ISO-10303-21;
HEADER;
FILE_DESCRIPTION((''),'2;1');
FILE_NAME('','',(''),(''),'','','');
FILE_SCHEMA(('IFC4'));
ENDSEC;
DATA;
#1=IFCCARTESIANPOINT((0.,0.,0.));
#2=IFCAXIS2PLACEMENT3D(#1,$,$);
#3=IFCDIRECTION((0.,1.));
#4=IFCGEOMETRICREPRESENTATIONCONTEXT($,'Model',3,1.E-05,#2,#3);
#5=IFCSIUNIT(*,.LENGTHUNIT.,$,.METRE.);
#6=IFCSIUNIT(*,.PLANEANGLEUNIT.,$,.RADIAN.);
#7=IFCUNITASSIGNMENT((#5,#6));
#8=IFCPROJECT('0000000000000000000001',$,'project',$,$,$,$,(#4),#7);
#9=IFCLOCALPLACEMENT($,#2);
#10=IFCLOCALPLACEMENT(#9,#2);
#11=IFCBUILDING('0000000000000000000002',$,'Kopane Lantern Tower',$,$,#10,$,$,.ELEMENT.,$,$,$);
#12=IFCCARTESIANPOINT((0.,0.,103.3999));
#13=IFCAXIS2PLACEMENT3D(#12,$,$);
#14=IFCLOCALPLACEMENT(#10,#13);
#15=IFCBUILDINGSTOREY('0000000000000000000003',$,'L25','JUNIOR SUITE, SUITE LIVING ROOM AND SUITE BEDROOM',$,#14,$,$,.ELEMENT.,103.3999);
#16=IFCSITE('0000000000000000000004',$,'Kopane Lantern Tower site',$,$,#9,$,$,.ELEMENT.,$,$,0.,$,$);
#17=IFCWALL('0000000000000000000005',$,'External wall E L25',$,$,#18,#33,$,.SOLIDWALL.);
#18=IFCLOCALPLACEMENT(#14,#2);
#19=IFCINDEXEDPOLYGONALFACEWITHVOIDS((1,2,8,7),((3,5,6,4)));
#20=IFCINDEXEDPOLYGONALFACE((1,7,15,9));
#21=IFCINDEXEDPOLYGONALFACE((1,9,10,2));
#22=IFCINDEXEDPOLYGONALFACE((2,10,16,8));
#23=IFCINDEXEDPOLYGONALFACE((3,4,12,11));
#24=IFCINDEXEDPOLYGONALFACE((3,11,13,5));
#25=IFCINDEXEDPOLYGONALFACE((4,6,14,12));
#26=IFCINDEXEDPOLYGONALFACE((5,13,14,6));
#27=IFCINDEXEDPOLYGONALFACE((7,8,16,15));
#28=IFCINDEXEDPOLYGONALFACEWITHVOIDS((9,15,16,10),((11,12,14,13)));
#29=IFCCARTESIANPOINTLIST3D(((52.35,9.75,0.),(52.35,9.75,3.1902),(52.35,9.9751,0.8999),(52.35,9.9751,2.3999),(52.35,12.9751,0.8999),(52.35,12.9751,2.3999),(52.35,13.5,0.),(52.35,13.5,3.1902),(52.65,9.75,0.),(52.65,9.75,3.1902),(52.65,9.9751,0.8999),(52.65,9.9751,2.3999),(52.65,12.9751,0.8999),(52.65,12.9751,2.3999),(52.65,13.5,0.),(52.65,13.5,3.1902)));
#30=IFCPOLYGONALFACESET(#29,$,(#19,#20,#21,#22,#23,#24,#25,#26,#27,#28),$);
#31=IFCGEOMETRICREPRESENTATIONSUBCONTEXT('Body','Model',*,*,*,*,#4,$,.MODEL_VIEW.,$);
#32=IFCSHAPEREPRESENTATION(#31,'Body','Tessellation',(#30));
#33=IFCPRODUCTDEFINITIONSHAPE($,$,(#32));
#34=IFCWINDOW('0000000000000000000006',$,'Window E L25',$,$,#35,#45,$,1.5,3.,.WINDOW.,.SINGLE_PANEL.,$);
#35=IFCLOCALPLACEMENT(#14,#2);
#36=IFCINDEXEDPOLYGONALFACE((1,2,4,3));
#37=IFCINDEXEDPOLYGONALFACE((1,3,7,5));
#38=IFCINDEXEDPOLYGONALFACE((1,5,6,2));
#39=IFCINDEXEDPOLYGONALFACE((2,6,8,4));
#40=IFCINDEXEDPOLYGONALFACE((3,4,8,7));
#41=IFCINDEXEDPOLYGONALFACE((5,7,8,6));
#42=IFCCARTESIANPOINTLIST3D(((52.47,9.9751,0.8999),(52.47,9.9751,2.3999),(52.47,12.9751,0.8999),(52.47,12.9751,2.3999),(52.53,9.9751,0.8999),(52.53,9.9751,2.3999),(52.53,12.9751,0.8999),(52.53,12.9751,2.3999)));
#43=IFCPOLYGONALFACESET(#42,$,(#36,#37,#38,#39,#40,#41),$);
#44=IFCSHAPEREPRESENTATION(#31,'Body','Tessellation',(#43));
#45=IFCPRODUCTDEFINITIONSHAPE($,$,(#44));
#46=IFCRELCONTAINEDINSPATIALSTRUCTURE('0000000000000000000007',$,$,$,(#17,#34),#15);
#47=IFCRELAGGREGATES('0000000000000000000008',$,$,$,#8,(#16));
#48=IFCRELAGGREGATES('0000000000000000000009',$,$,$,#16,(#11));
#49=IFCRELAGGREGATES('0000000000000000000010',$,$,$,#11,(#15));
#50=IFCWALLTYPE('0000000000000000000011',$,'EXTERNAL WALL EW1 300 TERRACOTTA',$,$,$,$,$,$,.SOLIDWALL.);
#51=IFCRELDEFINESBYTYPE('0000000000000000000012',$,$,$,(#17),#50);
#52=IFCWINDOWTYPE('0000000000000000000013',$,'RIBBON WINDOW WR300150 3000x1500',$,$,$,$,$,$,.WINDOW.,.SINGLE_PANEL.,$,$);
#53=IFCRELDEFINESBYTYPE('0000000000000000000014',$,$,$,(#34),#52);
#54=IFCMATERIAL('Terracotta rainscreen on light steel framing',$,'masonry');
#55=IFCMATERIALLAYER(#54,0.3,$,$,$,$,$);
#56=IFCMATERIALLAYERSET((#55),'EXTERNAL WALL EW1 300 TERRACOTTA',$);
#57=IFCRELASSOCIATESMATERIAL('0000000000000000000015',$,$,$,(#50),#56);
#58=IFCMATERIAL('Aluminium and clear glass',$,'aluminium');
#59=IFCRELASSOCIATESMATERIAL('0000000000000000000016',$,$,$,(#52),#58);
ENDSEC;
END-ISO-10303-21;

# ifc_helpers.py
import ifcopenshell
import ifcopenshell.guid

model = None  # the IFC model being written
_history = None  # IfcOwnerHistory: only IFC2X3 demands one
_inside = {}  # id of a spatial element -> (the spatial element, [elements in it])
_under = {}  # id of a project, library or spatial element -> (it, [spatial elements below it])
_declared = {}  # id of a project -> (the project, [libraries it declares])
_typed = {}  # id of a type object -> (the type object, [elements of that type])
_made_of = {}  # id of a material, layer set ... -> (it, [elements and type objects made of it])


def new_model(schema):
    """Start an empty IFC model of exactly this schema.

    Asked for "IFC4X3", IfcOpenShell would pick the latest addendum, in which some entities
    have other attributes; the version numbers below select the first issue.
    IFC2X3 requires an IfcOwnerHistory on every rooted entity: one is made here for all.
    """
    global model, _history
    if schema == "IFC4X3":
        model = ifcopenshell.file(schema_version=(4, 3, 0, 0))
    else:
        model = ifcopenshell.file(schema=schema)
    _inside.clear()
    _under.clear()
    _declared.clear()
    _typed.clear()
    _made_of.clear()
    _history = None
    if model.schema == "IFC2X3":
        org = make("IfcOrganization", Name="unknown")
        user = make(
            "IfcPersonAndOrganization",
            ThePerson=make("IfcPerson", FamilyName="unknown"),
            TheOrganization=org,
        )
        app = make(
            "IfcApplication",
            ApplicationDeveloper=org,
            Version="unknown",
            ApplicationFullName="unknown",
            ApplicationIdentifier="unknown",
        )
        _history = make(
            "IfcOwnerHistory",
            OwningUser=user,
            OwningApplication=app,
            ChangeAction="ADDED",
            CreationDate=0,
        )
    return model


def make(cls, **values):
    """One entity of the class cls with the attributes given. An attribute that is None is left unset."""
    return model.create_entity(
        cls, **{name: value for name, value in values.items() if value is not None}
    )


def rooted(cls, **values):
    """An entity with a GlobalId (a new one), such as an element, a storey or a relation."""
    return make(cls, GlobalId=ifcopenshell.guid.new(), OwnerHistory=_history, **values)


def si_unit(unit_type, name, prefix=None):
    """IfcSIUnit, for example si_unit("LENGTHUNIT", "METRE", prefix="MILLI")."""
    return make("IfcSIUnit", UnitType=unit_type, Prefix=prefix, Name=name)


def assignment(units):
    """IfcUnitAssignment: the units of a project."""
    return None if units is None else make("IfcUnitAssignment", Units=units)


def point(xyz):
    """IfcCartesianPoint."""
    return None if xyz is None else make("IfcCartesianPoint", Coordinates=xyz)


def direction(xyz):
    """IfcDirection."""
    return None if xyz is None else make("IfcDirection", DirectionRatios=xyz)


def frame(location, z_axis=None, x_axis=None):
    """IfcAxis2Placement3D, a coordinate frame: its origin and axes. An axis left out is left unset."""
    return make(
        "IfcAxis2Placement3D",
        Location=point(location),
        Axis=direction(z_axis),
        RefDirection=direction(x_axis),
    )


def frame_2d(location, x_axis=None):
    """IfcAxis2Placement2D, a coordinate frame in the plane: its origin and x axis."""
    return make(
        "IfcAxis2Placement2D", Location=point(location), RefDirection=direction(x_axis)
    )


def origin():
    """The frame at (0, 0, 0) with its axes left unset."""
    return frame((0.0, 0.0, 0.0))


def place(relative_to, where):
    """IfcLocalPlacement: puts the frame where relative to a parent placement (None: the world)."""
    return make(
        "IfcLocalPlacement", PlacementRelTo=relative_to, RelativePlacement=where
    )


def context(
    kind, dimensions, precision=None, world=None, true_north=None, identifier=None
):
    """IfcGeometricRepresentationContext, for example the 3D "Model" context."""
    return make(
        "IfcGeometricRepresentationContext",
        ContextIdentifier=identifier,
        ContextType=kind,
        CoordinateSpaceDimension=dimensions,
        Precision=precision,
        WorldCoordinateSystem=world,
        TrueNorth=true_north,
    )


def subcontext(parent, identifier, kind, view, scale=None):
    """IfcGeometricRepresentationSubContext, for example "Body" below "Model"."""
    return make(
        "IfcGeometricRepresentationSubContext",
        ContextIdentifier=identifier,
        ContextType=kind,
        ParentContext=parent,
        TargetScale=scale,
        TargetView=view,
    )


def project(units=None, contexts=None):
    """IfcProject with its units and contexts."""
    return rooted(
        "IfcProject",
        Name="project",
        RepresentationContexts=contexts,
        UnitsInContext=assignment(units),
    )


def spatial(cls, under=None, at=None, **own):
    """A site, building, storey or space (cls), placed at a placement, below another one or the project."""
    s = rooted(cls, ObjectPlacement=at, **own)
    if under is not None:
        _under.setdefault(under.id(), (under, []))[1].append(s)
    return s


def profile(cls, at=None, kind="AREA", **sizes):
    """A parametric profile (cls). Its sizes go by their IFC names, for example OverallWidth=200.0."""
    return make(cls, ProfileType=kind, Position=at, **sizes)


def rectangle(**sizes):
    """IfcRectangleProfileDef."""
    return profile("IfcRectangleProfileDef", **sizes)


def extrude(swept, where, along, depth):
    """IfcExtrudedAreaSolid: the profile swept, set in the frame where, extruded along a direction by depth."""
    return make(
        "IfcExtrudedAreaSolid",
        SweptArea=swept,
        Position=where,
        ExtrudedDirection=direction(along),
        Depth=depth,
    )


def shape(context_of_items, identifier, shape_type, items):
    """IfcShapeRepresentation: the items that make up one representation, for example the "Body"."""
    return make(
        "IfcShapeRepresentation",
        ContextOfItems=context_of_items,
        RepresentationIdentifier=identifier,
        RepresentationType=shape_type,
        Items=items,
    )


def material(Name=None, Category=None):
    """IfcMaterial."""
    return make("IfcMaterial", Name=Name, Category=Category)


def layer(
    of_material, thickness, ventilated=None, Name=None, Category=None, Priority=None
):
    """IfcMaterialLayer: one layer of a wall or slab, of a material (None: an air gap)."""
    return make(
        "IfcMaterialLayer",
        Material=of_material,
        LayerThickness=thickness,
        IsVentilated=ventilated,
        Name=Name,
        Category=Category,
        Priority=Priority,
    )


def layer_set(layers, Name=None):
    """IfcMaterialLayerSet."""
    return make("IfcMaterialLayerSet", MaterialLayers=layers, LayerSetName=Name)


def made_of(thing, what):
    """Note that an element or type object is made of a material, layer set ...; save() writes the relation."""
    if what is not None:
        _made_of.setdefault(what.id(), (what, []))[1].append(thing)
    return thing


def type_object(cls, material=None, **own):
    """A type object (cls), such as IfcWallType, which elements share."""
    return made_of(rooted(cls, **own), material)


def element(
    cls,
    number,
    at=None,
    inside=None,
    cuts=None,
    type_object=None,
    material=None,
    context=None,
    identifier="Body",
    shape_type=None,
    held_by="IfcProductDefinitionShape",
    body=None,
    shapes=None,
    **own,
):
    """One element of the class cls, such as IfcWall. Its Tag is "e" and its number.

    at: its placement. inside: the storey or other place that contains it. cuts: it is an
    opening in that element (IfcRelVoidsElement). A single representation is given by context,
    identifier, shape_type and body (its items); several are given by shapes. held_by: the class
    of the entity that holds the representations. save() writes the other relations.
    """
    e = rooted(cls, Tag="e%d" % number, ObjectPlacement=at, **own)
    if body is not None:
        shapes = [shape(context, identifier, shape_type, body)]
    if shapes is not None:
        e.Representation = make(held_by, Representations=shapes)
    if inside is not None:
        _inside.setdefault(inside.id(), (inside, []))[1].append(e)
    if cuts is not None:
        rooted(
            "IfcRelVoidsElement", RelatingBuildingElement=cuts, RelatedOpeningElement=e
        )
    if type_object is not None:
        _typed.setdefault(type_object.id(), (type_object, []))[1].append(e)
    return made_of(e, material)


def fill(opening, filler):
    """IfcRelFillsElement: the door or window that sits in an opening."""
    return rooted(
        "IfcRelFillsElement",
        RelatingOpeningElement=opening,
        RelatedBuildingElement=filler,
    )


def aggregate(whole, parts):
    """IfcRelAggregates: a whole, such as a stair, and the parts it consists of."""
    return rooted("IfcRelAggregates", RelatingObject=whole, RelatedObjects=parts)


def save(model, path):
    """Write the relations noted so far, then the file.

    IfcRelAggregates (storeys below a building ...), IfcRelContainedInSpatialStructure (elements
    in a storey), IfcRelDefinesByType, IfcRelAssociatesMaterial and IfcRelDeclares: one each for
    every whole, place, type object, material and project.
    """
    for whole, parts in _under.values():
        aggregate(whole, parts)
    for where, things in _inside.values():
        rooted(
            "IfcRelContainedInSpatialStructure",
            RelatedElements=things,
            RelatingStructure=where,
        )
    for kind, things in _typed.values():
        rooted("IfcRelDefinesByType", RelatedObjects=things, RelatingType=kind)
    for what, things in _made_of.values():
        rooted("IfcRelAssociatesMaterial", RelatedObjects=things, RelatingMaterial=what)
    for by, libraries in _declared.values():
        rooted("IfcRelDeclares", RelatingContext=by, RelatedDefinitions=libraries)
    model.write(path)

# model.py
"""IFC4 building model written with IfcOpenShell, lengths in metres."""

from ifc_helpers import new_model, si_unit, direction, frame, frame_2d, origin, place, context, subcontext, project, spatial, rectangle, extrude, material, layer, layer_set, type_object, element, fill, save


model = new_model("IFC4")

# Units and contexts
model_context = context("Model", 3, precision=1e-05, world=origin(), true_north=direction((0.0, 1.0)))
body_context = subcontext(model_context, "Body", "Model", "MODEL_VIEW")
ifc_project = project(units=[si_unit("LENGTHUNIT", "METRE"), si_unit("PLANEANGLEUNIT", "RADIAN")], contexts=[model_context])

# Site, building, storey
site_placement = place(None, origin())
site = spatial("IfcSite", under=ifc_project, at=site_placement, Name="Kopane Lantern Tower site", CompositionType="ELEMENT", RefElevation=0.0)
building_placement = place(site_placement, origin())
building = spatial("IfcBuilding", under=site, at=building_placement, Name="Kopane Lantern Tower", CompositionType="ELEMENT")
storey_placement = place(building_placement, frame((0.0, 0.0, 103.3999)))
storey = spatial("IfcBuildingStorey", under=building, at=storey_placement, Name="L25", Description="JUNIOR SUITE, SUITE LIVING ROOM AND SUITE BEDROOM", CompositionType="ELEMENT", Elevation=103.3999)

# Wall, opening, window
ifc_material_1 = material(Name="Terracotta rainscreen on light steel framing", Category="masonry")
ifc_layer_1 = layer(ifc_material_1, 0.3)
ifc_layer_set_1 = layer_set([ifc_layer_1], Name="EXTERNAL WALL EW1 300 TERRACOTTA")
wall_type_1 = type_object("IfcWallType", Name="EXTERNAL WALL EW1 300 TERRACOTTA", PredefinedType="SOLIDWALL", material=ifc_layer_set_1)
ifc_material_2 = material(Name="Aluminium and clear glass", Category="aluminium")
window_type = type_object("IfcWindowType", Name="RIBBON WINDOW WR300150 3000x1500", PartitioningType="SINGLE_PANEL", PredefinedType="WINDOW", material=ifc_material_2)
wall_1_placement = place(storey_placement, frame((52.5, 9.75, 0.0), z_axis=(0.0, 0.0, 1.0), x_axis=(0.0, 1.0, 0.0)))
wall_1 = element("IfcWall", 1, at=wall_1_placement, inside=storey, type_object=wall_type_1, Name="External wall E L25", PredefinedType="SOLIDWALL", context=body_context, shape_type="SweptSolid", body=[
    extrude(rectangle(XDim=3.75, YDim=0.3, at=frame_2d((1.875, 0.0))), origin(), (0.0, 0.0, 1.0), 3.1902),
])
opening_1_placement = place(wall_1_placement, frame((0.2251, 0.0, 0.8999)))
opening_1 = element("IfcOpeningElement", 2, at=opening_1_placement, cuts=wall_1, PredefinedType="OPENING", context=body_context, shape_type="SweptSolid", body=[
    extrude(rectangle(XDim=3.0, YDim=1.5, at=frame_2d((1.5, 0.75))), frame((0.0, 0.1599, 0.0), z_axis=(0.0, -1.0, 0.0), x_axis=(1.0, 0.0, 0.0)), (0.0, 0.0, 1.0), 0.3201),
])
window_1_placement = place(opening_1_placement, origin())
window_1 = element("IfcWindow", 3, at=window_1_placement, inside=storey, type_object=window_type, Name="Window E L25", OverallHeight=1.5, OverallWidth=3.0, PartitioningType="SINGLE_PANEL", PredefinedType="WINDOW", context=body_context, shape_type="SweptSolid", body=[
    extrude(rectangle(XDim=3.0, YDim=1.5, at=frame_2d((1.5, 0.75))), frame((0.0, 0.03, 0.0), z_axis=(0.0, -1.0, 0.0), x_axis=(1.0, 0.0, 0.0)), (0.0, 0.0, 1.0), 0.0601),
])
fill(opening_1, window_1)

save(model, "model.ifc")
